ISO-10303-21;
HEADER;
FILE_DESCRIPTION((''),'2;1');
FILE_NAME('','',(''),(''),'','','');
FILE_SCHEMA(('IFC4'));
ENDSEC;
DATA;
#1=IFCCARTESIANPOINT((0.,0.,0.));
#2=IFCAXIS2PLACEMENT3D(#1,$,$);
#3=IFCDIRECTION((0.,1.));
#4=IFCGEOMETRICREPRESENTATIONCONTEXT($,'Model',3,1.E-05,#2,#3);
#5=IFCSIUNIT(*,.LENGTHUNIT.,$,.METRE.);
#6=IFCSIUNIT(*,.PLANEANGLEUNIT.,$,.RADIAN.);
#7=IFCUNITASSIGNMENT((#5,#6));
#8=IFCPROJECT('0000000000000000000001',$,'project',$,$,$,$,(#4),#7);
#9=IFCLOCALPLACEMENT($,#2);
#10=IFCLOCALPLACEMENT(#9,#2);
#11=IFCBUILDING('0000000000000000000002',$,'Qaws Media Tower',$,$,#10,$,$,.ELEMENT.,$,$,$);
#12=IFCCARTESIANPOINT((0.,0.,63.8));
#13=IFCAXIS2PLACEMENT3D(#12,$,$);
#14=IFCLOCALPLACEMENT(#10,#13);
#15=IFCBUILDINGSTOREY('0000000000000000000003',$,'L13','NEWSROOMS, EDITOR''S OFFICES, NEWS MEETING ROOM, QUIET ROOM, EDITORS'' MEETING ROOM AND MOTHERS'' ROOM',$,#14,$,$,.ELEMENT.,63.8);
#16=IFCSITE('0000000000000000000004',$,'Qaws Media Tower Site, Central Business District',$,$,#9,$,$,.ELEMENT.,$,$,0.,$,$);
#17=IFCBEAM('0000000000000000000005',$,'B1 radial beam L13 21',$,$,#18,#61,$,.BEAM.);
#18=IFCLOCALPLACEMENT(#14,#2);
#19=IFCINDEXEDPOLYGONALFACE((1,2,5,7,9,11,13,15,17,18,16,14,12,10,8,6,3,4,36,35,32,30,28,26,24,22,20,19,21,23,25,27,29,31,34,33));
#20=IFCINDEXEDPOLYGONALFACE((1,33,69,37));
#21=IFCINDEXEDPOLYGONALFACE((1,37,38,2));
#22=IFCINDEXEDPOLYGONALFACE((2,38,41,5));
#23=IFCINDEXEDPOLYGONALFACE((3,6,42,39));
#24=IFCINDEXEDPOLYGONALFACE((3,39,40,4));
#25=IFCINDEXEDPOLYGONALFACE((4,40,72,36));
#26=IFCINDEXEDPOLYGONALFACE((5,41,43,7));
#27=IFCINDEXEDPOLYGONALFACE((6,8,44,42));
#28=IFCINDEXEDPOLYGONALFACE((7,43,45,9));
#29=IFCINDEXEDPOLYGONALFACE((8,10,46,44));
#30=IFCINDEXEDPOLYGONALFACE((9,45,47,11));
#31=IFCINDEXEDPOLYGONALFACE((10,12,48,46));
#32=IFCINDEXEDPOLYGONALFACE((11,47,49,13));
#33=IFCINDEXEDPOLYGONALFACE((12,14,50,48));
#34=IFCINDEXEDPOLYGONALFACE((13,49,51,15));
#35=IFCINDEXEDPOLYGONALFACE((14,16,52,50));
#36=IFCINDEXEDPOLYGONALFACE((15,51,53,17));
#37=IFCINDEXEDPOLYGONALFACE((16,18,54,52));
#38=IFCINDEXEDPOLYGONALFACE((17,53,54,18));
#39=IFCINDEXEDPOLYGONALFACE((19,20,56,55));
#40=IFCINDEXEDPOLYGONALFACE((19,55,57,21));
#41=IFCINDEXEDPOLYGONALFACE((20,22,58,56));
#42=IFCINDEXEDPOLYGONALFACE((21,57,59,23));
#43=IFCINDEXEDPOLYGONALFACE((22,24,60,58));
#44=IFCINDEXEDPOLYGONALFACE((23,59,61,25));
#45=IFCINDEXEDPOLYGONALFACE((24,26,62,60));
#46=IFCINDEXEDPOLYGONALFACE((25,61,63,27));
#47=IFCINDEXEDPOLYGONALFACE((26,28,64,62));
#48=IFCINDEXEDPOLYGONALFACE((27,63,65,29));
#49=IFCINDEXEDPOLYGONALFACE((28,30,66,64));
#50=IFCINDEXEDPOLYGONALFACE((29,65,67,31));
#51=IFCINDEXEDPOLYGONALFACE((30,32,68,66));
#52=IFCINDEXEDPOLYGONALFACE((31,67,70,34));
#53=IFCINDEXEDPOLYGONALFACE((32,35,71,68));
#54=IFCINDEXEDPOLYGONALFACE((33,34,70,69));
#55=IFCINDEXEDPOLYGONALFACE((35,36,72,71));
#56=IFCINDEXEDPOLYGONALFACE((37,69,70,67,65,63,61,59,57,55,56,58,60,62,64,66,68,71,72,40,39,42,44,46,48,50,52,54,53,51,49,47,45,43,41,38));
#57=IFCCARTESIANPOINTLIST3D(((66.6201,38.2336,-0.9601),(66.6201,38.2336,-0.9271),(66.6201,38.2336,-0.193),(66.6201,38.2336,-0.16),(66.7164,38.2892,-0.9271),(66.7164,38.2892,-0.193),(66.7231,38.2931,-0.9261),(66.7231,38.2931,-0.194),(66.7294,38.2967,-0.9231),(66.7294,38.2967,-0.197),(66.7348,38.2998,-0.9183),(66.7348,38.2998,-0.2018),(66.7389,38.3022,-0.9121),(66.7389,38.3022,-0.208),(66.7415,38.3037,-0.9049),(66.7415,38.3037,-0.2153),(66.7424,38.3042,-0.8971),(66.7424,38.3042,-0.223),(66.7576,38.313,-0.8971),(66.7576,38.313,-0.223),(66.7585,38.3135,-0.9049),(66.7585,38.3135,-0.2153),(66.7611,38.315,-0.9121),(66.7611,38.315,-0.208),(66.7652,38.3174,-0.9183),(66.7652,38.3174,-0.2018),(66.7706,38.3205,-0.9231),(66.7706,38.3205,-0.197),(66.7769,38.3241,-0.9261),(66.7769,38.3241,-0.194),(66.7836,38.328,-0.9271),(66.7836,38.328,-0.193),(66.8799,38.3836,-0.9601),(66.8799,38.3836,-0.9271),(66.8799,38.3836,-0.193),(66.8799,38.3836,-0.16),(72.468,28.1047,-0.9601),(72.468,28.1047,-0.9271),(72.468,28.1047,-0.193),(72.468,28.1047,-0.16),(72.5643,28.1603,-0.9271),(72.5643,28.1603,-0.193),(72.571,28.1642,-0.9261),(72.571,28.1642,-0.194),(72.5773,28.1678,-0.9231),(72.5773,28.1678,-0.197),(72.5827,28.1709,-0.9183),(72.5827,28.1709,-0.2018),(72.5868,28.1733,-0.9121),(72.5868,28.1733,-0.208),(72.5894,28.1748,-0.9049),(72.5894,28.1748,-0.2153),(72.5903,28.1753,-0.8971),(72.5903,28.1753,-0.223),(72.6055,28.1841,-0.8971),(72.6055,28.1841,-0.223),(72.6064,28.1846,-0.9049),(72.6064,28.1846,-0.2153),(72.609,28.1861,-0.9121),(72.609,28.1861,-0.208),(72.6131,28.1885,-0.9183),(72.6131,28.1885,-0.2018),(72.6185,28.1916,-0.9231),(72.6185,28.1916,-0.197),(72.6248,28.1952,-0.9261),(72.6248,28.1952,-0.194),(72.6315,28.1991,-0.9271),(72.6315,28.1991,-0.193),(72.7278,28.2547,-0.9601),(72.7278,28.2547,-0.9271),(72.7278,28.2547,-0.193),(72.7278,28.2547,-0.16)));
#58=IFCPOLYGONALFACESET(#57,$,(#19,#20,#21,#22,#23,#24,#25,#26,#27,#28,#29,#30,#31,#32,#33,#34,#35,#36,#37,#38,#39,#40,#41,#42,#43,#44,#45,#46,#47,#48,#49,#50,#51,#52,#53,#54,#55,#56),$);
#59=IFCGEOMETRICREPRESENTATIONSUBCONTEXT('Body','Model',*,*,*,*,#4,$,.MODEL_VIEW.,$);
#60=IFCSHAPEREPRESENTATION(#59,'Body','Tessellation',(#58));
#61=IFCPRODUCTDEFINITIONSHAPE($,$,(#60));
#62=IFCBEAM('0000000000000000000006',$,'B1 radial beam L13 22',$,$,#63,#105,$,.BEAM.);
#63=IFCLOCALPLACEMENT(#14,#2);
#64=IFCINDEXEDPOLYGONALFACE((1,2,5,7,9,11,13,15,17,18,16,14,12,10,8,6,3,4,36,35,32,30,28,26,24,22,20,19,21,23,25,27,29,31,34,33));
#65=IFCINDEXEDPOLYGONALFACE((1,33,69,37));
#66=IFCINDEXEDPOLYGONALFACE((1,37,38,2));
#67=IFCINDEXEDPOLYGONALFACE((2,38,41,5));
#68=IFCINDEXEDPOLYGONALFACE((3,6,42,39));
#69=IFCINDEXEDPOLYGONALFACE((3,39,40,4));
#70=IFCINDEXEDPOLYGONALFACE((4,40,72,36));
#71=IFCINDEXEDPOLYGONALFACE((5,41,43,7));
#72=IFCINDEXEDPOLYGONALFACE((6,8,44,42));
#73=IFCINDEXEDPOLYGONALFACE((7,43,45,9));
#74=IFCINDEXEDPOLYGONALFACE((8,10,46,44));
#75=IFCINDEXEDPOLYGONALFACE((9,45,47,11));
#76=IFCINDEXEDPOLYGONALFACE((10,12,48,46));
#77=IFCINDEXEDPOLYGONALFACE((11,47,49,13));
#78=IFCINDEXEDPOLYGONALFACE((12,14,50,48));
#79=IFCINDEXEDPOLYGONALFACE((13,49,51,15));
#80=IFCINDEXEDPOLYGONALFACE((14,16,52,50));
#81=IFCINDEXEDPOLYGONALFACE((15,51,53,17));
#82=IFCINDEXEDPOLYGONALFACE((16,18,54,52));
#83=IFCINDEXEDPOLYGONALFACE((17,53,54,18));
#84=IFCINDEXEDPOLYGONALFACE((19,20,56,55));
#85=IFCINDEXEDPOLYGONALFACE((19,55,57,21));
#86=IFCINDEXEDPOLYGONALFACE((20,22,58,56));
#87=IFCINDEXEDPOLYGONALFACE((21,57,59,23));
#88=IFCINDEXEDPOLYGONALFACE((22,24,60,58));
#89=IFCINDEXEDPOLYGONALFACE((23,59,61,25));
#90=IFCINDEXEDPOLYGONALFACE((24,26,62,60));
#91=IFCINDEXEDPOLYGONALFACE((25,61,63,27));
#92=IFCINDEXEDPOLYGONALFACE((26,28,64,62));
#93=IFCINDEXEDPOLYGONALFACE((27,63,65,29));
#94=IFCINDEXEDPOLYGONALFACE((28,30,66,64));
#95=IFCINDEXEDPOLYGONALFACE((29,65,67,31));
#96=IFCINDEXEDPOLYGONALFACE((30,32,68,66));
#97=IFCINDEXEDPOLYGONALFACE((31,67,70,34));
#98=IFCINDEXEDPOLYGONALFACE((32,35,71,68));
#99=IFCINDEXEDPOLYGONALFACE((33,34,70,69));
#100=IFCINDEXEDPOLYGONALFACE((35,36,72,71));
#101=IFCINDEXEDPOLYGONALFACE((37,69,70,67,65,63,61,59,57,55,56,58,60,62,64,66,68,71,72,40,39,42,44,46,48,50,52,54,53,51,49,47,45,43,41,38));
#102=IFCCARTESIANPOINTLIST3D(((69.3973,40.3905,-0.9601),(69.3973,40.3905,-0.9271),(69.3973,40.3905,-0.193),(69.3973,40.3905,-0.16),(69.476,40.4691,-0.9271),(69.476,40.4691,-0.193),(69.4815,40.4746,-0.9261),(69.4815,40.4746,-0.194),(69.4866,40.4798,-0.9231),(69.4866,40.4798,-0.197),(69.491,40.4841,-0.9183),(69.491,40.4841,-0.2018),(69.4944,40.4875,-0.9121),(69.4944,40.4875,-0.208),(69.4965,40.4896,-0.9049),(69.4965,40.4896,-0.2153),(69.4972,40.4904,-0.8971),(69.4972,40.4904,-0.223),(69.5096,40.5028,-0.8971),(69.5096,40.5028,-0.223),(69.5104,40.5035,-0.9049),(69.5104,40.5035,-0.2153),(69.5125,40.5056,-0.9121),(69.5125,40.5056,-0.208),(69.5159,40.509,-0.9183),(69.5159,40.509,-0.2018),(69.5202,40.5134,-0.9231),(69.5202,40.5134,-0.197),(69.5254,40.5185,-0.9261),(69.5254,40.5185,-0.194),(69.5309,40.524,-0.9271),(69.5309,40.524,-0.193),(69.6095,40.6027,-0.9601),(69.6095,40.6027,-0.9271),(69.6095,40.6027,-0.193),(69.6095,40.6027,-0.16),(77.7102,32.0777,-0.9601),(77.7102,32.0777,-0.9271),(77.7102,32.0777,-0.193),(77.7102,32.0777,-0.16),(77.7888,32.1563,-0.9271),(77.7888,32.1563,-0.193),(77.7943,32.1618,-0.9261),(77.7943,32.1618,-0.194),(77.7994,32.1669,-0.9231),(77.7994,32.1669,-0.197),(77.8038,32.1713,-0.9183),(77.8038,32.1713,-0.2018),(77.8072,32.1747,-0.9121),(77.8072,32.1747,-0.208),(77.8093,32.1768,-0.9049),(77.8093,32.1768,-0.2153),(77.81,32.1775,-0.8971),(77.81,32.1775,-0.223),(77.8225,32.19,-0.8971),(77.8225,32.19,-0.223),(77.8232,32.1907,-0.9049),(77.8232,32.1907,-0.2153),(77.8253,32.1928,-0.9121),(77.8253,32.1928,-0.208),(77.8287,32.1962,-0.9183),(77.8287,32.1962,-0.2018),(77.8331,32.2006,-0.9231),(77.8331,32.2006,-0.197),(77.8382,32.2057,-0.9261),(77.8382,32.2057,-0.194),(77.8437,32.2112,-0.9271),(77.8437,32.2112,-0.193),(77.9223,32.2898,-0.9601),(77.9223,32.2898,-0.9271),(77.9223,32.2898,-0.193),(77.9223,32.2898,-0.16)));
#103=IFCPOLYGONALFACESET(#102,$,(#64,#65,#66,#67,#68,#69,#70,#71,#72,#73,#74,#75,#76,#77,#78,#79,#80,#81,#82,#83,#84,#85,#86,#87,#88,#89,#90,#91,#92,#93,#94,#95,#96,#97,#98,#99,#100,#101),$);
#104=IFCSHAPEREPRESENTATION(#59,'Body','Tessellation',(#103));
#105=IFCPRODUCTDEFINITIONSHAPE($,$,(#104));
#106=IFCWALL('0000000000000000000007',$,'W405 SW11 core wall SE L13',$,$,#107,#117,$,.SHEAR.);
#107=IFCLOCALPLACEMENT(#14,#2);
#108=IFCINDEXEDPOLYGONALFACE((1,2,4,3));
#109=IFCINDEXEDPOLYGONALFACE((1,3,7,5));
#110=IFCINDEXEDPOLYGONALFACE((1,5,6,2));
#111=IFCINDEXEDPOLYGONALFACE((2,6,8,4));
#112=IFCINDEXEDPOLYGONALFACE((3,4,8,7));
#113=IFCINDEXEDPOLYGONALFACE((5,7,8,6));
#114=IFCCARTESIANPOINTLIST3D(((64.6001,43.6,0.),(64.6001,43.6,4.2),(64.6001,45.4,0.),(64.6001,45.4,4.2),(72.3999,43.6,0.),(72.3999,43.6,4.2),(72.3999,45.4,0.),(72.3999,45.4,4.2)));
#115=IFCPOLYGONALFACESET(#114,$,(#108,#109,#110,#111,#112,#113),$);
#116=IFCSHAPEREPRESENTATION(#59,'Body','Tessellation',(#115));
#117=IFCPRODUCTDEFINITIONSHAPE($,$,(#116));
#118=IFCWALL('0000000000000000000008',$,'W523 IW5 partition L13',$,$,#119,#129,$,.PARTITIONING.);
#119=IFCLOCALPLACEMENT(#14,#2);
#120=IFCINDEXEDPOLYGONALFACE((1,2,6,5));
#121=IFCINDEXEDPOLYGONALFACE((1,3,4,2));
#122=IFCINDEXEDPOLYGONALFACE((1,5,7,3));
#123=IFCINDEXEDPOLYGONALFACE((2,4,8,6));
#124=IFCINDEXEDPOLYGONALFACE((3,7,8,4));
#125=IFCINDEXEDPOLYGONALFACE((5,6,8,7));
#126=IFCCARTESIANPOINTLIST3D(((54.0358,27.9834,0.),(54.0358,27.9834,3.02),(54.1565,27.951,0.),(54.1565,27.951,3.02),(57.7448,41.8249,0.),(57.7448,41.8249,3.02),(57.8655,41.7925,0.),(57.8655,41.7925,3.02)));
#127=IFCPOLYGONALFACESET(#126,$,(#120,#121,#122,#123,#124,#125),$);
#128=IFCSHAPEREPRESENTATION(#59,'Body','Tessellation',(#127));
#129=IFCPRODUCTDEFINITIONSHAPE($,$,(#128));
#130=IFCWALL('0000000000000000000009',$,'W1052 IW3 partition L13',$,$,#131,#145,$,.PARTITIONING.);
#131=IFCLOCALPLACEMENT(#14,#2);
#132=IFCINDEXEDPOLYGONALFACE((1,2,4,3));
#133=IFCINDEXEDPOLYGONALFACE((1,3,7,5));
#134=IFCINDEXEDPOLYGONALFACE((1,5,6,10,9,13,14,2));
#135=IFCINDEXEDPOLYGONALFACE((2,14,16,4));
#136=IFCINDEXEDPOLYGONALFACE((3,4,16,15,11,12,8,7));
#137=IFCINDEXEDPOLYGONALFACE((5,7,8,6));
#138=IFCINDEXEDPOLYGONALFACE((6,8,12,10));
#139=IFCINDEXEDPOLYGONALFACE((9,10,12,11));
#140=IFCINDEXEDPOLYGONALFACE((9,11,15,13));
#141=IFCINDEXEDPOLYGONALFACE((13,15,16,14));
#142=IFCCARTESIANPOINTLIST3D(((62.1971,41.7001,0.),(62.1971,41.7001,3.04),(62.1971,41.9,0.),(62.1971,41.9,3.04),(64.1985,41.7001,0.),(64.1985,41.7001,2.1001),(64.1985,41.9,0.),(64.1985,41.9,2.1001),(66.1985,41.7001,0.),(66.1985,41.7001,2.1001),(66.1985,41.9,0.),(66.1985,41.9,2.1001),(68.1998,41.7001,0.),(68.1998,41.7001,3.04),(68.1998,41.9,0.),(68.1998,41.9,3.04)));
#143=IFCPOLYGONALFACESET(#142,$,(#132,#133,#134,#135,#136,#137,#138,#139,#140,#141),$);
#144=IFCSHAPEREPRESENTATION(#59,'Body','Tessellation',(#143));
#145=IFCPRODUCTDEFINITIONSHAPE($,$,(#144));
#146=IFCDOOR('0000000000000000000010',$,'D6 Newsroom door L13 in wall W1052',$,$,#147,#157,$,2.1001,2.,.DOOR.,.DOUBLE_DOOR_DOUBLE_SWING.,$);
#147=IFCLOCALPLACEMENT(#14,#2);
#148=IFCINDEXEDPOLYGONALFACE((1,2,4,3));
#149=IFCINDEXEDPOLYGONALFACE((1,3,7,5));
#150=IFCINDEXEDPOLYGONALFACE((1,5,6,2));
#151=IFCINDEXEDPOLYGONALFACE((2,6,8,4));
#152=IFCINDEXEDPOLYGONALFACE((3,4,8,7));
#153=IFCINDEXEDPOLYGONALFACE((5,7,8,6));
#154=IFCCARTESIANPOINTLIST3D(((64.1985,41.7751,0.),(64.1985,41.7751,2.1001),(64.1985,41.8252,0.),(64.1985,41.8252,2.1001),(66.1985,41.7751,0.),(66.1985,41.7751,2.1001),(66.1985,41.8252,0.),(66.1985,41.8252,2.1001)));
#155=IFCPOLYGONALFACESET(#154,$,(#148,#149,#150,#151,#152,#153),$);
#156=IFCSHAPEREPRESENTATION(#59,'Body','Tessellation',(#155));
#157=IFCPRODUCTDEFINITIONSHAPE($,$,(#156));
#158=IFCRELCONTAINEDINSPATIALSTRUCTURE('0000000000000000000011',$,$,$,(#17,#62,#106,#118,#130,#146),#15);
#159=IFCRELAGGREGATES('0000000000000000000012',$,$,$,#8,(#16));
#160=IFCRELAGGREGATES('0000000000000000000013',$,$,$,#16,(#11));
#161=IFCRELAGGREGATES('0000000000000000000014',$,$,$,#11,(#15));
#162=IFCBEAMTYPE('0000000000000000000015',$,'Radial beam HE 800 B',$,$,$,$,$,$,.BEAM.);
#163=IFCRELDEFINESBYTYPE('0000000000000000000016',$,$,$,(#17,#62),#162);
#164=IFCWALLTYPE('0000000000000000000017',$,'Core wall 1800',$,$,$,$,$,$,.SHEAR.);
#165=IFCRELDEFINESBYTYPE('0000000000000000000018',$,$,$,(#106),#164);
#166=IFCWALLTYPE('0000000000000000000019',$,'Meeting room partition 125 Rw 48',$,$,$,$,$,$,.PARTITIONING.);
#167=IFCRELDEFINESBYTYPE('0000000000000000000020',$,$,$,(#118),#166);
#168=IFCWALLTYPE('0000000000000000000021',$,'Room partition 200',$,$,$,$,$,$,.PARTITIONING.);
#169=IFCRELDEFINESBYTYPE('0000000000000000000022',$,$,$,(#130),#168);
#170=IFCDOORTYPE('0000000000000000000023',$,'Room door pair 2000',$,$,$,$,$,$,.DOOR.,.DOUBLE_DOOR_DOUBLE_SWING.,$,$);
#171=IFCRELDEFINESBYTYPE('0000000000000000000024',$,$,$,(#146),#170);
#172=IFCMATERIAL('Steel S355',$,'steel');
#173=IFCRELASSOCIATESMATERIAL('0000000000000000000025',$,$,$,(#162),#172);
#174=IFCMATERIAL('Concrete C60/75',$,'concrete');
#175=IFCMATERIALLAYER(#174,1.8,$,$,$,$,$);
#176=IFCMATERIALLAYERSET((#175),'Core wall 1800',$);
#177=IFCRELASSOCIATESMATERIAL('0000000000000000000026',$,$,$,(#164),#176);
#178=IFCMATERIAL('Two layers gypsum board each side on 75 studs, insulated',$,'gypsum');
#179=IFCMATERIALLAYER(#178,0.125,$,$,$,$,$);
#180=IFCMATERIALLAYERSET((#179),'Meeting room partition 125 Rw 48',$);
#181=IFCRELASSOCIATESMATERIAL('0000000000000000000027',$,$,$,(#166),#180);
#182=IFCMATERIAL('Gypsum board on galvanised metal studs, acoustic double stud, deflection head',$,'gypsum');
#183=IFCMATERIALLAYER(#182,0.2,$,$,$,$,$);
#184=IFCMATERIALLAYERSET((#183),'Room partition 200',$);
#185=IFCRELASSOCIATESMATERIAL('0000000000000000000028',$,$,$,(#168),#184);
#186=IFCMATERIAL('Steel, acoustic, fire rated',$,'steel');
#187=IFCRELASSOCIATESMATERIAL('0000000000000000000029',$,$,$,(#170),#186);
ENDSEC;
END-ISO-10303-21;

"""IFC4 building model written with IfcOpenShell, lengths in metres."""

from ifc_helpers import new_model, si_unit, direction, frame, frame_2d, origin, origin_2d, place, context, subcontext, project, spatial, rectangle, i_section, extrude, material, layer, layer_set, material_profile, profile_set, type_object, element, fill, save


model = new_model("IFC4")

# Units and contexts
model_context = context("Model", 3, precision=1e-05, world=origin(), true_north=direction((0.0, 1.0)))
body_context = subcontext(model_context, "Body", "Model", "MODEL_VIEW")
ifc_project = project(units=[si_unit("LENGTHUNIT", "METRE"), si_unit("PLANEANGLEUNIT", "RADIAN")], contexts=[model_context])

# Site, building, storey
site_placement = place(None, origin())
site = spatial("IfcSite", under=ifc_project, at=site_placement, Name="Qaws Media Tower Site, Central Business District", CompositionType="ELEMENT", RefElevation=0.0)
building_placement = place(site_placement, origin())
building = spatial("IfcBuilding", under=site, at=building_placement, Name="Qaws Media Tower", CompositionType="ELEMENT")
storey_placement = place(building_placement, frame((0.0, 0.0, 63.8)))
storey = spatial("IfcBuildingStorey", under=building, at=storey_placement, Name="L13", Description="NEWSROOMS, EDITOR'S OFFICES, NEWS MEETING ROOM, QUIET ROOM, EDITORS' MEETING ROOM AND MOTHERS' ROOM", CompositionType="ELEMENT", Elevation=63.8)

# Beams
ifc_material_1 = material(Name="Steel S355", Category="steel")
ifc_material_profile_1 = material_profile(ifc_material_1, i_section(OverallWidth=0.3, OverallDepth=0.8, WebThickness=0.0176, FlangeThickness=0.033, FilletRadius=0.03, at=origin_2d()), Name="HE 800 B")
ifc_profile_set_1 = profile_set([ifc_material_profile_1], Name="Steel S355")
beam_type_1 = type_object("IfcBeamType", Name="Radial beam HE 800 B", PredefinedType="BEAM", material=ifc_profile_set_1)
beam_1_placement = place(storey_placement, frame((66.75, 38.3086, -0.5601), z_axis=(0.499998, -0.866026, 0.0), x_axis=(0.866026, 0.499998, 0.0)))
element("IfcBeam", 1, at=beam_1_placement, inside=storey, type_object=beam_type_1, Name="B1 radial beam L13 21", PredefinedType="BEAM", context=body_context, shape_type="SweptSolid", body=[
    extrude(i_section(OverallWidth=0.3, OverallDepth=0.8, WebThickness=0.0176, FlangeThickness=0.033, FilletRadius=0.03, at=origin_2d()), origin(), (0.0, 0.0, 1.0), 11.6958),
])
beam_2_placement = place(storey_placement, frame((69.5034, 40.4966, -0.5601), z_axis=(0.707107, -0.707107, 0.0), x_axis=(0.707107, 0.707107, 0.0)))
element("IfcBeam", 2, at=beam_2_placement, inside=storey, type_object=beam_type_1, Name="B1 radial beam L13 22", PredefinedType="BEAM", context=body_context, shape_type="SweptSolid", body=[
    extrude(i_section(OverallWidth=0.3, OverallDepth=0.8, WebThickness=0.0176, FlangeThickness=0.033, FilletRadius=0.03, at=origin_2d()), origin(), (0.0, 0.0, 1.0), 11.7561),
])

# Walls
ifc_material_2 = material(Name="Concrete C60/75", Category="concrete")
ifc_layer_1 = layer(ifc_material_2, 1.8)
ifc_layer_set_1 = layer_set([ifc_layer_1], Name="Core wall 1800")
wall_type_1 = type_object("IfcWallType", Name="Core wall 1800", PredefinedType="SHEAR", material=ifc_layer_set_1)
wall_1_placement = place(storey_placement, frame((64.6001, 44.5, 0.0), z_axis=(0.0, 0.0, 1.0), x_axis=(1.0, 0.0, 0.0)))
element("IfcWall", 3, at=wall_1_placement, inside=storey, type_object=wall_type_1, Name="W405 SW11 core wall SE L13", PredefinedType="SHEAR", context=body_context, shape_type="SweptSolid", body=[
    extrude(rectangle(XDim=7.7998, YDim=1.8, at=frame_2d((3.8999, 0.0))), origin(), (0.0, 0.0, 1.0), 4.2),
])
ifc_material_3 = material(Name="Two layers gypsum board each side on 75 studs, insulated", Category="gypsum")
ifc_layer_2 = layer(ifc_material_3, 0.125)
ifc_layer_set_2 = layer_set([ifc_layer_2], Name="Meeting room partition 125 Rw 48")
wall_type_2 = type_object("IfcWallType", Name="Meeting room partition 125 Rw 48", PredefinedType="PARTITIONING", material=ifc_layer_set_2)
wall_2_placement = place(storey_placement, frame((57.8052, 41.8088, 0.0), z_axis=(0.0, 0.0, 1.0), x_axis=(-0.258829, -0.965923, 0.0)))
element("IfcWall", 4, at=wall_2_placement, inside=storey, type_object=wall_type_2, Name="W523 IW5 partition L13", PredefinedType="PARTITIONING", context=body_context, shape_type="SweptSolid", body=[
    extrude(rectangle(XDim=14.3298, YDim=0.125, at=frame_2d((7.165, 0.0))), origin(), (0.0, 0.0, 1.0), 3.02),
])

# Wall, opening, door
ifc_material_4 = material(Name="Gypsum board on galvanised metal studs, acoustic double stud, deflection head", Category="gypsum")
ifc_layer_3 = layer(ifc_material_4, 0.2)
ifc_layer_set_3 = layer_set([ifc_layer_3], Name="Room partition 200")
wall_type_3 = type_object("IfcWallType", Name="Room partition 200", PredefinedType="PARTITIONING", material=ifc_layer_set_3)
wall_3_placement = place(storey_placement, frame((68.2, 41.8, 0.0), z_axis=(0.0, 0.0, 1.0), x_axis=(-1.0, 0.0, 0.0)))
wall_3 = element("IfcWall", 5, at=wall_3_placement, inside=storey, type_object=wall_type_3, Name="W1052 IW3 partition L13", PredefinedType="PARTITIONING", context=body_context, shape_type="SweptSolid", body=[
    extrude(rectangle(XDim=6.0027, YDim=0.2, at=frame_2d((3.0015, 0.0))), origin(), (0.0, 0.0, 1.0), 3.04),
])
opening_1_placement = place(wall_3_placement, frame((2.0015, 0.0, 0.0)))
opening_1 = element("IfcOpeningElement", 6, at=opening_1_placement, cuts=wall_3, PredefinedType="OPENING", context=body_context, shape_type="SweptSolid", body=[
    extrude(rectangle(XDim=2.0, YDim=2.1001, at=frame_2d((1.0, 1.05))), frame((0.0, 0.1099, 0.0), z_axis=(0.0, -1.0, 0.0), x_axis=(1.0, 0.0, 0.0)), (0.0, 0.0, 1.0), 0.22),
])
ifc_material_5 = material(Name="Steel, acoustic, fire rated", Category="steel")
door_type_1 = type_object("IfcDoorType", Name="Room door pair 2000", OperationType="DOUBLE_DOOR_DOUBLE_SWING", PredefinedType="DOOR", material=ifc_material_5)
door_1_placement = place(opening_1_placement, origin())
door_1 = element("IfcDoor", 7, at=door_1_placement, inside=storey, type_object=door_type_1, Name="D6 Newsroom door L13 in wall W1052", OperationType="DOUBLE_DOOR_DOUBLE_SWING", OverallHeight=2.1001, OverallWidth=2.0, PredefinedType="DOOR", context=body_context, shape_type="SweptSolid", body=[
    extrude(rectangle(XDim=2.0, YDim=2.1001, at=frame_2d((1.0, 1.05))), frame((0.0, 0.0249, 0.0), z_axis=(0.0, -1.0, 0.0), x_axis=(1.0, 0.0, 0.0)), (0.0, 0.0, 1.0), 0.05),
])
fill(opening_1, door_1)

save(model, "model.ifc")
